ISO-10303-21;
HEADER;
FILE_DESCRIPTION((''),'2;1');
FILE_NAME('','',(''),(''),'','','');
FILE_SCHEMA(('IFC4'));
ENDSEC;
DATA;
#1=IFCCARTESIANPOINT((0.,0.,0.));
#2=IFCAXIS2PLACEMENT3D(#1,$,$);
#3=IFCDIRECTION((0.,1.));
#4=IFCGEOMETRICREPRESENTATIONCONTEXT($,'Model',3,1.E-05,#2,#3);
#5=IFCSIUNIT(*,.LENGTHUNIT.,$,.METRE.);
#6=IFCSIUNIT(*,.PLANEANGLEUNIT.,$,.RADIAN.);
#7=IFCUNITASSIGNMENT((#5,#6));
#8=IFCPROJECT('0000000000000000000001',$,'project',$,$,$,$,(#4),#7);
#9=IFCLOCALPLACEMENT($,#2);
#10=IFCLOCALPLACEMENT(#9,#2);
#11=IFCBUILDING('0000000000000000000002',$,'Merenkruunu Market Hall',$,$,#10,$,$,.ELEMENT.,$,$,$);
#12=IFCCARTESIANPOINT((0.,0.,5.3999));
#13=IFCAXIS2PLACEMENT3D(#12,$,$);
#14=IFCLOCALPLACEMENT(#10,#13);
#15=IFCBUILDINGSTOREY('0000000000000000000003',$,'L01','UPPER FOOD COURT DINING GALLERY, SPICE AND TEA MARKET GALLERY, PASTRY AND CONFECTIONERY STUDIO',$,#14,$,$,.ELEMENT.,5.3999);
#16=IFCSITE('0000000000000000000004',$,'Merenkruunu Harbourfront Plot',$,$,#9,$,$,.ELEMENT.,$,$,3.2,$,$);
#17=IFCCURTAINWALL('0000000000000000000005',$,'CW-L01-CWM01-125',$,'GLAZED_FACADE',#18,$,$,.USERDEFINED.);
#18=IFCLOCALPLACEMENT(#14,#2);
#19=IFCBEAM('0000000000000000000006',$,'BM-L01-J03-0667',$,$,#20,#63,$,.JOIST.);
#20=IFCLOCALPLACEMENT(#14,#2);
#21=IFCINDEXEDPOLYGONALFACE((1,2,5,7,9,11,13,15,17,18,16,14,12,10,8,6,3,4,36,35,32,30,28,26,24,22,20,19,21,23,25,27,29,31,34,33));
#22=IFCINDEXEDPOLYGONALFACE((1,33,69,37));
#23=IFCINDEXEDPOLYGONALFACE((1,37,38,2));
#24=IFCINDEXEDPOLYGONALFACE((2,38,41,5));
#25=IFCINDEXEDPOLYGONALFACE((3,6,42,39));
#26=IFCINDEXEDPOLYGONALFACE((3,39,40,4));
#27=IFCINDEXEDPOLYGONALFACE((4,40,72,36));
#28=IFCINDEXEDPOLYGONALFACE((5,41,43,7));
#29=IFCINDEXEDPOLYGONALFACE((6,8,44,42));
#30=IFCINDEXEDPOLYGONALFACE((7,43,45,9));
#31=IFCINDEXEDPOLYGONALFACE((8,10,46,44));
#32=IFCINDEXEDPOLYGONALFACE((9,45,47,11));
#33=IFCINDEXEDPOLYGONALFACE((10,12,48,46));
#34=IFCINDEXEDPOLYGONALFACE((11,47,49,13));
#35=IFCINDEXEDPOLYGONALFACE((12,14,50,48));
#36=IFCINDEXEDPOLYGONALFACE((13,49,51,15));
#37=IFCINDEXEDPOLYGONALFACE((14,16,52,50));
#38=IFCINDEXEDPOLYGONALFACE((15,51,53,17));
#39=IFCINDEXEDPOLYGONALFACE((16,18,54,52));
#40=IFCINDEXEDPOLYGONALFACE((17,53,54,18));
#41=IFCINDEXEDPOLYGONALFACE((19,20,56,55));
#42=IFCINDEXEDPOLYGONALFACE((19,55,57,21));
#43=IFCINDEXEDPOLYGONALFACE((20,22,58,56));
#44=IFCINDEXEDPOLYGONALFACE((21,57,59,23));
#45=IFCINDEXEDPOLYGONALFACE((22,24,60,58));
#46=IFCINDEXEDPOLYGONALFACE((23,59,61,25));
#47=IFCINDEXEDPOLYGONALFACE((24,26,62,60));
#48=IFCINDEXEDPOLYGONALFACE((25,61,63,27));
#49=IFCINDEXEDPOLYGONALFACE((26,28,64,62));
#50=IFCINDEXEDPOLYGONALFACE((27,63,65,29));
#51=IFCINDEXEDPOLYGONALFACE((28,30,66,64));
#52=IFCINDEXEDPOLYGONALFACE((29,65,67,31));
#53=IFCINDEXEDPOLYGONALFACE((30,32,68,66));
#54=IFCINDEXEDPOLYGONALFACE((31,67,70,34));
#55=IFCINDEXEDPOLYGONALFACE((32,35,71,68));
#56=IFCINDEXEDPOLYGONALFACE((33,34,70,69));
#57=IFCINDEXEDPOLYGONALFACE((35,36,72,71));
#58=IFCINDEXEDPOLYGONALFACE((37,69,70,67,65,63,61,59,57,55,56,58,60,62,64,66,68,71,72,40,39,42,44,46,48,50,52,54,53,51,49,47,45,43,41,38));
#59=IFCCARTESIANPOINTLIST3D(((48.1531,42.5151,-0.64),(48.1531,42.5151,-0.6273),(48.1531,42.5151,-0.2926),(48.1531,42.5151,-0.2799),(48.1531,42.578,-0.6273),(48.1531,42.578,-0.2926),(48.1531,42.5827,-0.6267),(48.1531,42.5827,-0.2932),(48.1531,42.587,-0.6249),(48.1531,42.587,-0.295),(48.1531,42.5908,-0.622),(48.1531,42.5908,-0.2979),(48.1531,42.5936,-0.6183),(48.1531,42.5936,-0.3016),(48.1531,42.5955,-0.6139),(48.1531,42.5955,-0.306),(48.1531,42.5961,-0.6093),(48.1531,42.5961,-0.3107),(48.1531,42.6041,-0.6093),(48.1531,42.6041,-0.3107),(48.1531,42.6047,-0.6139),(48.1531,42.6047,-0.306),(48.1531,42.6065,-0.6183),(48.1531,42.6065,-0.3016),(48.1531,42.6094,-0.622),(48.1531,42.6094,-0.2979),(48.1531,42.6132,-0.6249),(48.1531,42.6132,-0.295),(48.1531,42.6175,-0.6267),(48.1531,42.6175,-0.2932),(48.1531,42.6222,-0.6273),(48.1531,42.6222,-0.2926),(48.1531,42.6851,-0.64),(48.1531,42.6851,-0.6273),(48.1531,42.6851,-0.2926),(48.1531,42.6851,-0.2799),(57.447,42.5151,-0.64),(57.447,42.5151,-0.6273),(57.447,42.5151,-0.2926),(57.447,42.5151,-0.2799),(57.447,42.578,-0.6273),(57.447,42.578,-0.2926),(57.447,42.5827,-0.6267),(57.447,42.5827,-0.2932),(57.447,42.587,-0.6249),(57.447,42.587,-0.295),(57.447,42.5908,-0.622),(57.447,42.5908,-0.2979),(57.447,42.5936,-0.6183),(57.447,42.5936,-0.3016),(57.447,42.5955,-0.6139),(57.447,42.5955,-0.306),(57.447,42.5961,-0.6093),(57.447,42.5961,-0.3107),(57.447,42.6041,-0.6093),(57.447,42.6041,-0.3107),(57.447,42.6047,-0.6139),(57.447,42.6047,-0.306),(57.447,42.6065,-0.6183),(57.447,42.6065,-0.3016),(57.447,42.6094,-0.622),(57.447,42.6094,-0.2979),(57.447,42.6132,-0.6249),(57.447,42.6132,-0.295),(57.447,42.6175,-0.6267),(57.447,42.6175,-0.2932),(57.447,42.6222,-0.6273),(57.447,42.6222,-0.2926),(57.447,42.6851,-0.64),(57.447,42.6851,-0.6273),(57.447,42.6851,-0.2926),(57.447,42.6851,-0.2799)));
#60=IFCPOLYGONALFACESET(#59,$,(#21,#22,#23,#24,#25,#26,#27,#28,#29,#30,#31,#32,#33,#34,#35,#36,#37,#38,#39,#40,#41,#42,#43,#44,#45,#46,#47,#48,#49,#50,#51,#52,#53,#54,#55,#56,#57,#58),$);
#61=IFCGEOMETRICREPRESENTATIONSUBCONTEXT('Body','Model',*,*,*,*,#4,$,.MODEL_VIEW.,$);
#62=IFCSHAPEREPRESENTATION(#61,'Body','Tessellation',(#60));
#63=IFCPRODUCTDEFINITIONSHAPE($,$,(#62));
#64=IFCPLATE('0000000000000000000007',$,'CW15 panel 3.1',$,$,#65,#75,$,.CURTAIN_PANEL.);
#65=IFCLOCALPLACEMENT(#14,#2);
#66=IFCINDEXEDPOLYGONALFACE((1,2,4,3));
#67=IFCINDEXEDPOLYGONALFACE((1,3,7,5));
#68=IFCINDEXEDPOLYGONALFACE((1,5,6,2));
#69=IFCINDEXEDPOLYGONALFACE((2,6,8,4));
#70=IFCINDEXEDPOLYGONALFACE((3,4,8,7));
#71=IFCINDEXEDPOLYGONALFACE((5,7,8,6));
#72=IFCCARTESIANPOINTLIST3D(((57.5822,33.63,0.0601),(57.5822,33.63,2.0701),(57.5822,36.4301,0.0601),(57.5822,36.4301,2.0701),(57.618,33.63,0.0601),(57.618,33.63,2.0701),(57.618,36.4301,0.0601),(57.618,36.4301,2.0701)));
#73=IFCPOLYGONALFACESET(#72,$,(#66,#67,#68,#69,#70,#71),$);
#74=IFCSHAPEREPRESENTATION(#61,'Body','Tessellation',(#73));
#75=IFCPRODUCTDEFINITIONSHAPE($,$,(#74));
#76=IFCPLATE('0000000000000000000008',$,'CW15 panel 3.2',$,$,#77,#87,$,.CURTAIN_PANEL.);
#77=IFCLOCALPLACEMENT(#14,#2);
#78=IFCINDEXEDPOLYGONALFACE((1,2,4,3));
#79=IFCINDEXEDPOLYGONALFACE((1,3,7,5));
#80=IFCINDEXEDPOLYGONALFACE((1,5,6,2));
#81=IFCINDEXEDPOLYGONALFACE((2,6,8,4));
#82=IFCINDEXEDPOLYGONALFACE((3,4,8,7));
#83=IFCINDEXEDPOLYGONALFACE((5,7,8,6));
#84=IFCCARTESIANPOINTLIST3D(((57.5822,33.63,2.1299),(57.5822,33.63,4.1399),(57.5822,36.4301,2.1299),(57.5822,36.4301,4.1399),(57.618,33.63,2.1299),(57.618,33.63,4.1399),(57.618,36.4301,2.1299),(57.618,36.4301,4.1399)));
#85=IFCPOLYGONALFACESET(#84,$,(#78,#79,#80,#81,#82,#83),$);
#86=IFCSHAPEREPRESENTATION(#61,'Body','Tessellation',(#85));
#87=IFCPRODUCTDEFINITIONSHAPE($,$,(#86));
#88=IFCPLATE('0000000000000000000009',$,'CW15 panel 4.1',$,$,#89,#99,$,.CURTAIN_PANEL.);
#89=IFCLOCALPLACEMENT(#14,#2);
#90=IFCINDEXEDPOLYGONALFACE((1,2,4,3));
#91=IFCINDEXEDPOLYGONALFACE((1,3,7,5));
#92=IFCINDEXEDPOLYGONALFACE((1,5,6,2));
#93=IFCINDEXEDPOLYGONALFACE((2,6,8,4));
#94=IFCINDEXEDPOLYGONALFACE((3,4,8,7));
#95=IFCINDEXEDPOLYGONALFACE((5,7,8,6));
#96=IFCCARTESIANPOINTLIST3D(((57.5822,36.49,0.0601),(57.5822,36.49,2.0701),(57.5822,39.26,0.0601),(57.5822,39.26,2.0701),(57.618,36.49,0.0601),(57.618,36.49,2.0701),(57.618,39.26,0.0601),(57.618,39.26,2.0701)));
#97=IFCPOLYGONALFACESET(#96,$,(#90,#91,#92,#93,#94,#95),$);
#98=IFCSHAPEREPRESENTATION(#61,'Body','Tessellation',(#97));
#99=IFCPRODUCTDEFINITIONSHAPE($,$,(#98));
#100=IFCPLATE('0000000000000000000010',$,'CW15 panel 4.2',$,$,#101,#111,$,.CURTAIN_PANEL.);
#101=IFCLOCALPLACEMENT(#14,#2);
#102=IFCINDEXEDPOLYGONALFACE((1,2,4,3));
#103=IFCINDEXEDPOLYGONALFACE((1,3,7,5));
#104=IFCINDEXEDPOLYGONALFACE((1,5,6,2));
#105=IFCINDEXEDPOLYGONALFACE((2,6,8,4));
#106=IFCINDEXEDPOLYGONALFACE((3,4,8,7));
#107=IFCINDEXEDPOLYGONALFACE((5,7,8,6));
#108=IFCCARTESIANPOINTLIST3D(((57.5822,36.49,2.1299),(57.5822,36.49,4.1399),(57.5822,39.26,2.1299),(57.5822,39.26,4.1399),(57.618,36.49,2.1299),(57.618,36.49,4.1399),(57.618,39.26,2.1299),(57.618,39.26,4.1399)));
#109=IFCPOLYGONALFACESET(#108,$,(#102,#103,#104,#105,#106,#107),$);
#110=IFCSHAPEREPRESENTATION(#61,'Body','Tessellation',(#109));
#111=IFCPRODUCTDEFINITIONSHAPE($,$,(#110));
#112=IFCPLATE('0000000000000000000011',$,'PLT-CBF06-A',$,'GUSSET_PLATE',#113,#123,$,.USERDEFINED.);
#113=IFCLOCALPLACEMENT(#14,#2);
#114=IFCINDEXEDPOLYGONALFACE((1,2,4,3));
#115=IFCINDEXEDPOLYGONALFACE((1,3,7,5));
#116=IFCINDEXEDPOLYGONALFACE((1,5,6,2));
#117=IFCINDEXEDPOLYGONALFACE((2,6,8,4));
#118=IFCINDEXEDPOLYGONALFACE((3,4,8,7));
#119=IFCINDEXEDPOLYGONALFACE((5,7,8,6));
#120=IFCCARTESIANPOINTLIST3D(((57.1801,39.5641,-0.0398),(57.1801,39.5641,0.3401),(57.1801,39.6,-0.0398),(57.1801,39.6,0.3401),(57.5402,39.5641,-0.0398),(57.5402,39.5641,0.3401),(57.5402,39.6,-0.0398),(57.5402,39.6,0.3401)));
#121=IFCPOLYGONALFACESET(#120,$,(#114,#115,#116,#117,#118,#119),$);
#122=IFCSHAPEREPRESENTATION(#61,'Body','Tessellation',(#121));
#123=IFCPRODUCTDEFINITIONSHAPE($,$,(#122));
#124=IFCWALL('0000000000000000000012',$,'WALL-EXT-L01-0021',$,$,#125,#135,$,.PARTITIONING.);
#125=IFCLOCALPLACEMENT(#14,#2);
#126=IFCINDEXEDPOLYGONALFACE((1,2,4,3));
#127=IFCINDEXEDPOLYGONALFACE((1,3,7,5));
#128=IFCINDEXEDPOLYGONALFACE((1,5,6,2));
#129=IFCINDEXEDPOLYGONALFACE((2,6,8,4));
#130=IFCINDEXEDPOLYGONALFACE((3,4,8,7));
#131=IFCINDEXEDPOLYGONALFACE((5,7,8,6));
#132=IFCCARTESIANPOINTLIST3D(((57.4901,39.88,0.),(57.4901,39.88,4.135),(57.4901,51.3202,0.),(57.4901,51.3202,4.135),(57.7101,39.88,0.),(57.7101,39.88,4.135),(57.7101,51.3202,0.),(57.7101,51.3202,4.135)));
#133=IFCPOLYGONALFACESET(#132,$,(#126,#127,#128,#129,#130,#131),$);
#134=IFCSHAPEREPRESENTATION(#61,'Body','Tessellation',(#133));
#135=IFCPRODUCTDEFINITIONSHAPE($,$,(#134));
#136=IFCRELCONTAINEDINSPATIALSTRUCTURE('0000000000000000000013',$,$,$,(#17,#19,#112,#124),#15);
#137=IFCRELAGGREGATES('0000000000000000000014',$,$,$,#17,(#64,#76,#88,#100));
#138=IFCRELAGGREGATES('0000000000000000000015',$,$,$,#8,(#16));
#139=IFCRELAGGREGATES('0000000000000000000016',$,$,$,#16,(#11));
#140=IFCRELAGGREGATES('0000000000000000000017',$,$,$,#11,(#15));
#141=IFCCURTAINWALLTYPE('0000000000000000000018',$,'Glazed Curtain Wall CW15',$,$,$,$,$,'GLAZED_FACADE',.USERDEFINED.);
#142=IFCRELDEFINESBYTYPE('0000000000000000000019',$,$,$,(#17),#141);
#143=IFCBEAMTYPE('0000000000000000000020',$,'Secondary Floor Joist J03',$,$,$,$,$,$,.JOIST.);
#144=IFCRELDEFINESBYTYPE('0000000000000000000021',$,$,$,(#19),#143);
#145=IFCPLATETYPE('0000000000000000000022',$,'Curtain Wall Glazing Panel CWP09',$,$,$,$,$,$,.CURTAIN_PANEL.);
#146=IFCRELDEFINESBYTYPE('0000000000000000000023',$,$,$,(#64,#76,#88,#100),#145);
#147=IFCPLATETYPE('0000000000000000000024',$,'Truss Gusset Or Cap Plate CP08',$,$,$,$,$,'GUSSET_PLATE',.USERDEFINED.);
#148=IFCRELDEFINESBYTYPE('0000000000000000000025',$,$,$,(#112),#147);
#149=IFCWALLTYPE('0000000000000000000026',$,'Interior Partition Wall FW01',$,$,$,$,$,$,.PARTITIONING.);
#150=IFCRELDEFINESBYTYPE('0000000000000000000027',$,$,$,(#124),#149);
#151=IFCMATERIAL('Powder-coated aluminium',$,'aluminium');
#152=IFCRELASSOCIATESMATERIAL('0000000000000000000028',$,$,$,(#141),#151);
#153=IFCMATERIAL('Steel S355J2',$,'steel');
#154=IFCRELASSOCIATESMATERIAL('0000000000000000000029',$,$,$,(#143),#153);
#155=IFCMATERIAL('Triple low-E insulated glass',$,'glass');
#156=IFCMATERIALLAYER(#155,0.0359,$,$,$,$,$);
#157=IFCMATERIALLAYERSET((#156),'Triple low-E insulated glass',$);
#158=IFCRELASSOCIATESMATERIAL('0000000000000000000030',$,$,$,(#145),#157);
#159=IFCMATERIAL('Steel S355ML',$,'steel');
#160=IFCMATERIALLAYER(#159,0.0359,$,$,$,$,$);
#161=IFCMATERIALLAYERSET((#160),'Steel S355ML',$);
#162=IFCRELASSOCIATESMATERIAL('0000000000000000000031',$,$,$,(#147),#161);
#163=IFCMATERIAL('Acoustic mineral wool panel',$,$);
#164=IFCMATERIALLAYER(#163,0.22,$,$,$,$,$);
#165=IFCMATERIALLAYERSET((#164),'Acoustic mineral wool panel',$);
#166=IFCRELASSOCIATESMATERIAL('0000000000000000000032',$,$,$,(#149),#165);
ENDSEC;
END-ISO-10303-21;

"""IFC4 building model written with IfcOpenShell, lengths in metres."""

from ifc_helpers import new_model, si_unit, direction, frame, frame_2d, origin, origin_2d, place, context, subcontext, project, spatial, rectangle, i_section, extrude, material, layer, layer_set, material_profile, profile_set, type_object, element, aggregate, save


model = new_model("IFC4")

# Units and contexts
model_context = context("Model", 3, precision=1e-05, world=origin(), true_north=direction((0.0, 1.0)))
body_context = subcontext(model_context, "Body", "Model", "MODEL_VIEW")
ifc_project = project(units=[si_unit("LENGTHUNIT", "METRE"), si_unit("PLANEANGLEUNIT", "RADIAN")], contexts=[model_context])

# Site, building, storey
site_placement = place(None, origin())
site = spatial("IfcSite", under=ifc_project, at=site_placement, Name="Merenkruunu Harbourfront Plot", CompositionType="ELEMENT", RefElevation=3.2)
building_placement = place(site_placement, origin())
building = spatial("IfcBuilding", under=site, at=building_placement, Name="Merenkruunu Market Hall", CompositionType="ELEMENT")
storey_placement = place(building_placement, frame((0.0, 0.0, 5.3999)))
storey = spatial("IfcBuildingStorey", under=building, at=storey_placement, Name="L01", Description="UPPER FOOD COURT DINING GALLERY, SPICE AND TEA MARKET GALLERY, PASTRY AND CONFECTIONERY STUDIO", CompositionType="ELEMENT", Elevation=5.3999)

# Shared definitions
ifc_material_1 = material(Name="Steel S355ML", Category="steel")
ifc_material_2 = material(Name="Steel S355J2", Category="steel")

# Curtain wall
ifc_material_3 = material(Name="Powder-coated aluminium", Category="aluminium")
curtain_wall_type_1 = type_object("IfcCurtainWallType", Name="Glazed Curtain Wall CW15", ElementType="GLAZED_FACADE", PredefinedType="USERDEFINED", material=ifc_material_3)
curtain_wall_1_placement = place(storey_placement, origin())
curtain_wall_1 = element("IfcCurtainWall", 1, at=curtain_wall_1_placement, inside=storey, type_object=curtain_wall_type_1, Name="CW-L01-CWM01-125", ObjectType="GLAZED_FACADE", PredefinedType="USERDEFINED")

# Beam
ifc_material_profile_1 = material_profile(ifc_material_2, i_section(OverallWidth=0.1699, OverallDepth=0.3601, WebThickness=0.0081, FlangeThickness=0.0127, FilletRadius=0.0181, at=origin_2d()), Name="IPE 360")
ifc_profile_set_1 = profile_set([ifc_material_profile_1], Name="Steel S355J2")
beam_type_1 = type_object("IfcBeamType", Name="Secondary Floor Joist J03", PredefinedType="JOIST", material=ifc_profile_set_1)
beam_1_placement = place(storey_placement, frame((48.1531, 42.6001, -0.46), z_axis=(1.0, 0.0, 0.0), x_axis=(0.0, 1.0, 0.0)))
element("IfcBeam", 2, at=beam_1_placement, inside=storey, type_object=beam_type_1, Name="BM-L01-J03-0667", PredefinedType="JOIST", context=body_context, shape_type="SweptSolid", body=[
    extrude(i_section(OverallWidth=0.1699, OverallDepth=0.3601, WebThickness=0.0081, FlangeThickness=0.0127, FilletRadius=0.0181, at=origin_2d()), origin(), (0.0, 0.0, 1.0), 9.2939),
])

# Plates
ifc_material_4 = material(Name="Triple low-E insulated glass", Category="glass")
ifc_layer_1 = layer(ifc_material_4, 0.0359)
ifc_layer_set_1 = layer_set([ifc_layer_1], Name="Triple low-E insulated glass")
plate_type_1 = type_object("IfcPlateType", Name="Curtain Wall Glazing Panel CWP09", PredefinedType="CURTAIN_PANEL", material=ifc_layer_set_1)
plate_1_placement = place(storey_placement, frame((57.6001, 35.03, 0.0601), z_axis=(0.0, 0.0, 1.0), x_axis=(0.0, 1.0, 0.0)))
plate_1 = element("IfcPlate", 3, at=plate_1_placement, type_object=plate_type_1, Name="CW15 panel 3.1", PredefinedType="CURTAIN_PANEL", context=body_context, shape_type="SweptSolid", body=[
    extrude(rectangle(XDim=2.8, YDim=0.0359, at=origin_2d()), origin(), (0.0, 0.0, 1.0), 2.01),
])
plate_2_placement = place(storey_placement, frame((57.6001, 35.03, 2.1299), z_axis=(0.0, 0.0, 1.0), x_axis=(0.0, 1.0, 0.0)))
plate_2 = element("IfcPlate", 4, at=plate_2_placement, type_object=plate_type_1, Name="CW15 panel 3.2", PredefinedType="CURTAIN_PANEL", context=body_context, shape_type="SweptSolid", body=[
    extrude(rectangle(XDim=2.8, YDim=0.0359, at=origin_2d()), origin(), (0.0, 0.0, 1.0), 2.01),
])
plate_3_placement = place(storey_placement, frame((57.6001, 37.875, 0.0601), z_axis=(0.0, 0.0, 1.0), x_axis=(0.0, 1.0, 0.0)))
plate_3 = element("IfcPlate", 5, at=plate_3_placement, type_object=plate_type_1, Name="CW15 panel 4.1", PredefinedType="CURTAIN_PANEL", context=body_context, shape_type="SweptSolid", body=[
    extrude(rectangle(XDim=2.77, YDim=0.0359, at=origin_2d()), origin(), (0.0, 0.0, 1.0), 2.01),
])
plate_4_placement = place(storey_placement, frame((57.6001, 37.875, 2.1299), z_axis=(0.0, 0.0, 1.0), x_axis=(0.0, 1.0, 0.0)))
plate_4 = element("IfcPlate", 6, at=plate_4_placement, type_object=plate_type_1, Name="CW15 panel 4.2", PredefinedType="CURTAIN_PANEL", context=body_context, shape_type="SweptSolid", body=[
    extrude(rectangle(XDim=2.77, YDim=0.0359, at=origin_2d()), origin(), (0.0, 0.0, 1.0), 2.01),
])
aggregate(curtain_wall_1, [plate_1, plate_2, plate_3, plate_4])
ifc_layer_2 = layer(ifc_material_1, 0.0359)
ifc_layer_set_2 = layer_set([ifc_layer_2], Name="Steel S355ML")
plate_type_2 = type_object("IfcPlateType", Name="Truss Gusset Or Cap Plate CP08", ElementType="GUSSET_PLATE", PredefinedType="USERDEFINED", material=ifc_layer_set_2)
plate_5_placement = place(storey_placement, frame((57.3601, 39.582, -0.0398), z_axis=(0.0, 0.0, 1.0), x_axis=(1.0, 0.0, 0.0)))
element("IfcPlate", 7, at=plate_5_placement, inside=storey, type_object=plate_type_2, Name="PLT-CBF06-A", ObjectType="GUSSET_PLATE", PredefinedType="USERDEFINED", context=body_context, shape_type="SweptSolid", body=[
    extrude(rectangle(XDim=0.3601, YDim=0.0359, at=origin_2d()), origin(), (0.0, 0.0, 1.0), 0.3799),
])

# Wall
ifc_material_5 = material(Name="Acoustic mineral wool panel")
ifc_layer_3 = layer(ifc_material_5, 0.22)
ifc_layer_set_3 = layer_set([ifc_layer_3], Name="Acoustic mineral wool panel")
wall_type = type_object("IfcWallType", Name="Interior Partition Wall FW01", PredefinedType="PARTITIONING", material=ifc_layer_set_3)
wall_placement = place(storey_placement, frame((57.6001, 39.8799, 0.0), z_axis=(0.0, 0.0, 1.0), x_axis=(0.0, 1.0, 0.0)))
element("IfcWall", 8, at=wall_placement, inside=storey, type_object=wall_type, Name="WALL-EXT-L01-0021", PredefinedType="PARTITIONING", context=body_context, shape_type="SweptSolid", body=[
    extrude(rectangle(XDim=11.4402, YDim=0.22, at=frame_2d((5.7202, 0.0))), origin(), (0.0, 0.0, 1.0), 4.135),
])

save(model, "model.ifc")
